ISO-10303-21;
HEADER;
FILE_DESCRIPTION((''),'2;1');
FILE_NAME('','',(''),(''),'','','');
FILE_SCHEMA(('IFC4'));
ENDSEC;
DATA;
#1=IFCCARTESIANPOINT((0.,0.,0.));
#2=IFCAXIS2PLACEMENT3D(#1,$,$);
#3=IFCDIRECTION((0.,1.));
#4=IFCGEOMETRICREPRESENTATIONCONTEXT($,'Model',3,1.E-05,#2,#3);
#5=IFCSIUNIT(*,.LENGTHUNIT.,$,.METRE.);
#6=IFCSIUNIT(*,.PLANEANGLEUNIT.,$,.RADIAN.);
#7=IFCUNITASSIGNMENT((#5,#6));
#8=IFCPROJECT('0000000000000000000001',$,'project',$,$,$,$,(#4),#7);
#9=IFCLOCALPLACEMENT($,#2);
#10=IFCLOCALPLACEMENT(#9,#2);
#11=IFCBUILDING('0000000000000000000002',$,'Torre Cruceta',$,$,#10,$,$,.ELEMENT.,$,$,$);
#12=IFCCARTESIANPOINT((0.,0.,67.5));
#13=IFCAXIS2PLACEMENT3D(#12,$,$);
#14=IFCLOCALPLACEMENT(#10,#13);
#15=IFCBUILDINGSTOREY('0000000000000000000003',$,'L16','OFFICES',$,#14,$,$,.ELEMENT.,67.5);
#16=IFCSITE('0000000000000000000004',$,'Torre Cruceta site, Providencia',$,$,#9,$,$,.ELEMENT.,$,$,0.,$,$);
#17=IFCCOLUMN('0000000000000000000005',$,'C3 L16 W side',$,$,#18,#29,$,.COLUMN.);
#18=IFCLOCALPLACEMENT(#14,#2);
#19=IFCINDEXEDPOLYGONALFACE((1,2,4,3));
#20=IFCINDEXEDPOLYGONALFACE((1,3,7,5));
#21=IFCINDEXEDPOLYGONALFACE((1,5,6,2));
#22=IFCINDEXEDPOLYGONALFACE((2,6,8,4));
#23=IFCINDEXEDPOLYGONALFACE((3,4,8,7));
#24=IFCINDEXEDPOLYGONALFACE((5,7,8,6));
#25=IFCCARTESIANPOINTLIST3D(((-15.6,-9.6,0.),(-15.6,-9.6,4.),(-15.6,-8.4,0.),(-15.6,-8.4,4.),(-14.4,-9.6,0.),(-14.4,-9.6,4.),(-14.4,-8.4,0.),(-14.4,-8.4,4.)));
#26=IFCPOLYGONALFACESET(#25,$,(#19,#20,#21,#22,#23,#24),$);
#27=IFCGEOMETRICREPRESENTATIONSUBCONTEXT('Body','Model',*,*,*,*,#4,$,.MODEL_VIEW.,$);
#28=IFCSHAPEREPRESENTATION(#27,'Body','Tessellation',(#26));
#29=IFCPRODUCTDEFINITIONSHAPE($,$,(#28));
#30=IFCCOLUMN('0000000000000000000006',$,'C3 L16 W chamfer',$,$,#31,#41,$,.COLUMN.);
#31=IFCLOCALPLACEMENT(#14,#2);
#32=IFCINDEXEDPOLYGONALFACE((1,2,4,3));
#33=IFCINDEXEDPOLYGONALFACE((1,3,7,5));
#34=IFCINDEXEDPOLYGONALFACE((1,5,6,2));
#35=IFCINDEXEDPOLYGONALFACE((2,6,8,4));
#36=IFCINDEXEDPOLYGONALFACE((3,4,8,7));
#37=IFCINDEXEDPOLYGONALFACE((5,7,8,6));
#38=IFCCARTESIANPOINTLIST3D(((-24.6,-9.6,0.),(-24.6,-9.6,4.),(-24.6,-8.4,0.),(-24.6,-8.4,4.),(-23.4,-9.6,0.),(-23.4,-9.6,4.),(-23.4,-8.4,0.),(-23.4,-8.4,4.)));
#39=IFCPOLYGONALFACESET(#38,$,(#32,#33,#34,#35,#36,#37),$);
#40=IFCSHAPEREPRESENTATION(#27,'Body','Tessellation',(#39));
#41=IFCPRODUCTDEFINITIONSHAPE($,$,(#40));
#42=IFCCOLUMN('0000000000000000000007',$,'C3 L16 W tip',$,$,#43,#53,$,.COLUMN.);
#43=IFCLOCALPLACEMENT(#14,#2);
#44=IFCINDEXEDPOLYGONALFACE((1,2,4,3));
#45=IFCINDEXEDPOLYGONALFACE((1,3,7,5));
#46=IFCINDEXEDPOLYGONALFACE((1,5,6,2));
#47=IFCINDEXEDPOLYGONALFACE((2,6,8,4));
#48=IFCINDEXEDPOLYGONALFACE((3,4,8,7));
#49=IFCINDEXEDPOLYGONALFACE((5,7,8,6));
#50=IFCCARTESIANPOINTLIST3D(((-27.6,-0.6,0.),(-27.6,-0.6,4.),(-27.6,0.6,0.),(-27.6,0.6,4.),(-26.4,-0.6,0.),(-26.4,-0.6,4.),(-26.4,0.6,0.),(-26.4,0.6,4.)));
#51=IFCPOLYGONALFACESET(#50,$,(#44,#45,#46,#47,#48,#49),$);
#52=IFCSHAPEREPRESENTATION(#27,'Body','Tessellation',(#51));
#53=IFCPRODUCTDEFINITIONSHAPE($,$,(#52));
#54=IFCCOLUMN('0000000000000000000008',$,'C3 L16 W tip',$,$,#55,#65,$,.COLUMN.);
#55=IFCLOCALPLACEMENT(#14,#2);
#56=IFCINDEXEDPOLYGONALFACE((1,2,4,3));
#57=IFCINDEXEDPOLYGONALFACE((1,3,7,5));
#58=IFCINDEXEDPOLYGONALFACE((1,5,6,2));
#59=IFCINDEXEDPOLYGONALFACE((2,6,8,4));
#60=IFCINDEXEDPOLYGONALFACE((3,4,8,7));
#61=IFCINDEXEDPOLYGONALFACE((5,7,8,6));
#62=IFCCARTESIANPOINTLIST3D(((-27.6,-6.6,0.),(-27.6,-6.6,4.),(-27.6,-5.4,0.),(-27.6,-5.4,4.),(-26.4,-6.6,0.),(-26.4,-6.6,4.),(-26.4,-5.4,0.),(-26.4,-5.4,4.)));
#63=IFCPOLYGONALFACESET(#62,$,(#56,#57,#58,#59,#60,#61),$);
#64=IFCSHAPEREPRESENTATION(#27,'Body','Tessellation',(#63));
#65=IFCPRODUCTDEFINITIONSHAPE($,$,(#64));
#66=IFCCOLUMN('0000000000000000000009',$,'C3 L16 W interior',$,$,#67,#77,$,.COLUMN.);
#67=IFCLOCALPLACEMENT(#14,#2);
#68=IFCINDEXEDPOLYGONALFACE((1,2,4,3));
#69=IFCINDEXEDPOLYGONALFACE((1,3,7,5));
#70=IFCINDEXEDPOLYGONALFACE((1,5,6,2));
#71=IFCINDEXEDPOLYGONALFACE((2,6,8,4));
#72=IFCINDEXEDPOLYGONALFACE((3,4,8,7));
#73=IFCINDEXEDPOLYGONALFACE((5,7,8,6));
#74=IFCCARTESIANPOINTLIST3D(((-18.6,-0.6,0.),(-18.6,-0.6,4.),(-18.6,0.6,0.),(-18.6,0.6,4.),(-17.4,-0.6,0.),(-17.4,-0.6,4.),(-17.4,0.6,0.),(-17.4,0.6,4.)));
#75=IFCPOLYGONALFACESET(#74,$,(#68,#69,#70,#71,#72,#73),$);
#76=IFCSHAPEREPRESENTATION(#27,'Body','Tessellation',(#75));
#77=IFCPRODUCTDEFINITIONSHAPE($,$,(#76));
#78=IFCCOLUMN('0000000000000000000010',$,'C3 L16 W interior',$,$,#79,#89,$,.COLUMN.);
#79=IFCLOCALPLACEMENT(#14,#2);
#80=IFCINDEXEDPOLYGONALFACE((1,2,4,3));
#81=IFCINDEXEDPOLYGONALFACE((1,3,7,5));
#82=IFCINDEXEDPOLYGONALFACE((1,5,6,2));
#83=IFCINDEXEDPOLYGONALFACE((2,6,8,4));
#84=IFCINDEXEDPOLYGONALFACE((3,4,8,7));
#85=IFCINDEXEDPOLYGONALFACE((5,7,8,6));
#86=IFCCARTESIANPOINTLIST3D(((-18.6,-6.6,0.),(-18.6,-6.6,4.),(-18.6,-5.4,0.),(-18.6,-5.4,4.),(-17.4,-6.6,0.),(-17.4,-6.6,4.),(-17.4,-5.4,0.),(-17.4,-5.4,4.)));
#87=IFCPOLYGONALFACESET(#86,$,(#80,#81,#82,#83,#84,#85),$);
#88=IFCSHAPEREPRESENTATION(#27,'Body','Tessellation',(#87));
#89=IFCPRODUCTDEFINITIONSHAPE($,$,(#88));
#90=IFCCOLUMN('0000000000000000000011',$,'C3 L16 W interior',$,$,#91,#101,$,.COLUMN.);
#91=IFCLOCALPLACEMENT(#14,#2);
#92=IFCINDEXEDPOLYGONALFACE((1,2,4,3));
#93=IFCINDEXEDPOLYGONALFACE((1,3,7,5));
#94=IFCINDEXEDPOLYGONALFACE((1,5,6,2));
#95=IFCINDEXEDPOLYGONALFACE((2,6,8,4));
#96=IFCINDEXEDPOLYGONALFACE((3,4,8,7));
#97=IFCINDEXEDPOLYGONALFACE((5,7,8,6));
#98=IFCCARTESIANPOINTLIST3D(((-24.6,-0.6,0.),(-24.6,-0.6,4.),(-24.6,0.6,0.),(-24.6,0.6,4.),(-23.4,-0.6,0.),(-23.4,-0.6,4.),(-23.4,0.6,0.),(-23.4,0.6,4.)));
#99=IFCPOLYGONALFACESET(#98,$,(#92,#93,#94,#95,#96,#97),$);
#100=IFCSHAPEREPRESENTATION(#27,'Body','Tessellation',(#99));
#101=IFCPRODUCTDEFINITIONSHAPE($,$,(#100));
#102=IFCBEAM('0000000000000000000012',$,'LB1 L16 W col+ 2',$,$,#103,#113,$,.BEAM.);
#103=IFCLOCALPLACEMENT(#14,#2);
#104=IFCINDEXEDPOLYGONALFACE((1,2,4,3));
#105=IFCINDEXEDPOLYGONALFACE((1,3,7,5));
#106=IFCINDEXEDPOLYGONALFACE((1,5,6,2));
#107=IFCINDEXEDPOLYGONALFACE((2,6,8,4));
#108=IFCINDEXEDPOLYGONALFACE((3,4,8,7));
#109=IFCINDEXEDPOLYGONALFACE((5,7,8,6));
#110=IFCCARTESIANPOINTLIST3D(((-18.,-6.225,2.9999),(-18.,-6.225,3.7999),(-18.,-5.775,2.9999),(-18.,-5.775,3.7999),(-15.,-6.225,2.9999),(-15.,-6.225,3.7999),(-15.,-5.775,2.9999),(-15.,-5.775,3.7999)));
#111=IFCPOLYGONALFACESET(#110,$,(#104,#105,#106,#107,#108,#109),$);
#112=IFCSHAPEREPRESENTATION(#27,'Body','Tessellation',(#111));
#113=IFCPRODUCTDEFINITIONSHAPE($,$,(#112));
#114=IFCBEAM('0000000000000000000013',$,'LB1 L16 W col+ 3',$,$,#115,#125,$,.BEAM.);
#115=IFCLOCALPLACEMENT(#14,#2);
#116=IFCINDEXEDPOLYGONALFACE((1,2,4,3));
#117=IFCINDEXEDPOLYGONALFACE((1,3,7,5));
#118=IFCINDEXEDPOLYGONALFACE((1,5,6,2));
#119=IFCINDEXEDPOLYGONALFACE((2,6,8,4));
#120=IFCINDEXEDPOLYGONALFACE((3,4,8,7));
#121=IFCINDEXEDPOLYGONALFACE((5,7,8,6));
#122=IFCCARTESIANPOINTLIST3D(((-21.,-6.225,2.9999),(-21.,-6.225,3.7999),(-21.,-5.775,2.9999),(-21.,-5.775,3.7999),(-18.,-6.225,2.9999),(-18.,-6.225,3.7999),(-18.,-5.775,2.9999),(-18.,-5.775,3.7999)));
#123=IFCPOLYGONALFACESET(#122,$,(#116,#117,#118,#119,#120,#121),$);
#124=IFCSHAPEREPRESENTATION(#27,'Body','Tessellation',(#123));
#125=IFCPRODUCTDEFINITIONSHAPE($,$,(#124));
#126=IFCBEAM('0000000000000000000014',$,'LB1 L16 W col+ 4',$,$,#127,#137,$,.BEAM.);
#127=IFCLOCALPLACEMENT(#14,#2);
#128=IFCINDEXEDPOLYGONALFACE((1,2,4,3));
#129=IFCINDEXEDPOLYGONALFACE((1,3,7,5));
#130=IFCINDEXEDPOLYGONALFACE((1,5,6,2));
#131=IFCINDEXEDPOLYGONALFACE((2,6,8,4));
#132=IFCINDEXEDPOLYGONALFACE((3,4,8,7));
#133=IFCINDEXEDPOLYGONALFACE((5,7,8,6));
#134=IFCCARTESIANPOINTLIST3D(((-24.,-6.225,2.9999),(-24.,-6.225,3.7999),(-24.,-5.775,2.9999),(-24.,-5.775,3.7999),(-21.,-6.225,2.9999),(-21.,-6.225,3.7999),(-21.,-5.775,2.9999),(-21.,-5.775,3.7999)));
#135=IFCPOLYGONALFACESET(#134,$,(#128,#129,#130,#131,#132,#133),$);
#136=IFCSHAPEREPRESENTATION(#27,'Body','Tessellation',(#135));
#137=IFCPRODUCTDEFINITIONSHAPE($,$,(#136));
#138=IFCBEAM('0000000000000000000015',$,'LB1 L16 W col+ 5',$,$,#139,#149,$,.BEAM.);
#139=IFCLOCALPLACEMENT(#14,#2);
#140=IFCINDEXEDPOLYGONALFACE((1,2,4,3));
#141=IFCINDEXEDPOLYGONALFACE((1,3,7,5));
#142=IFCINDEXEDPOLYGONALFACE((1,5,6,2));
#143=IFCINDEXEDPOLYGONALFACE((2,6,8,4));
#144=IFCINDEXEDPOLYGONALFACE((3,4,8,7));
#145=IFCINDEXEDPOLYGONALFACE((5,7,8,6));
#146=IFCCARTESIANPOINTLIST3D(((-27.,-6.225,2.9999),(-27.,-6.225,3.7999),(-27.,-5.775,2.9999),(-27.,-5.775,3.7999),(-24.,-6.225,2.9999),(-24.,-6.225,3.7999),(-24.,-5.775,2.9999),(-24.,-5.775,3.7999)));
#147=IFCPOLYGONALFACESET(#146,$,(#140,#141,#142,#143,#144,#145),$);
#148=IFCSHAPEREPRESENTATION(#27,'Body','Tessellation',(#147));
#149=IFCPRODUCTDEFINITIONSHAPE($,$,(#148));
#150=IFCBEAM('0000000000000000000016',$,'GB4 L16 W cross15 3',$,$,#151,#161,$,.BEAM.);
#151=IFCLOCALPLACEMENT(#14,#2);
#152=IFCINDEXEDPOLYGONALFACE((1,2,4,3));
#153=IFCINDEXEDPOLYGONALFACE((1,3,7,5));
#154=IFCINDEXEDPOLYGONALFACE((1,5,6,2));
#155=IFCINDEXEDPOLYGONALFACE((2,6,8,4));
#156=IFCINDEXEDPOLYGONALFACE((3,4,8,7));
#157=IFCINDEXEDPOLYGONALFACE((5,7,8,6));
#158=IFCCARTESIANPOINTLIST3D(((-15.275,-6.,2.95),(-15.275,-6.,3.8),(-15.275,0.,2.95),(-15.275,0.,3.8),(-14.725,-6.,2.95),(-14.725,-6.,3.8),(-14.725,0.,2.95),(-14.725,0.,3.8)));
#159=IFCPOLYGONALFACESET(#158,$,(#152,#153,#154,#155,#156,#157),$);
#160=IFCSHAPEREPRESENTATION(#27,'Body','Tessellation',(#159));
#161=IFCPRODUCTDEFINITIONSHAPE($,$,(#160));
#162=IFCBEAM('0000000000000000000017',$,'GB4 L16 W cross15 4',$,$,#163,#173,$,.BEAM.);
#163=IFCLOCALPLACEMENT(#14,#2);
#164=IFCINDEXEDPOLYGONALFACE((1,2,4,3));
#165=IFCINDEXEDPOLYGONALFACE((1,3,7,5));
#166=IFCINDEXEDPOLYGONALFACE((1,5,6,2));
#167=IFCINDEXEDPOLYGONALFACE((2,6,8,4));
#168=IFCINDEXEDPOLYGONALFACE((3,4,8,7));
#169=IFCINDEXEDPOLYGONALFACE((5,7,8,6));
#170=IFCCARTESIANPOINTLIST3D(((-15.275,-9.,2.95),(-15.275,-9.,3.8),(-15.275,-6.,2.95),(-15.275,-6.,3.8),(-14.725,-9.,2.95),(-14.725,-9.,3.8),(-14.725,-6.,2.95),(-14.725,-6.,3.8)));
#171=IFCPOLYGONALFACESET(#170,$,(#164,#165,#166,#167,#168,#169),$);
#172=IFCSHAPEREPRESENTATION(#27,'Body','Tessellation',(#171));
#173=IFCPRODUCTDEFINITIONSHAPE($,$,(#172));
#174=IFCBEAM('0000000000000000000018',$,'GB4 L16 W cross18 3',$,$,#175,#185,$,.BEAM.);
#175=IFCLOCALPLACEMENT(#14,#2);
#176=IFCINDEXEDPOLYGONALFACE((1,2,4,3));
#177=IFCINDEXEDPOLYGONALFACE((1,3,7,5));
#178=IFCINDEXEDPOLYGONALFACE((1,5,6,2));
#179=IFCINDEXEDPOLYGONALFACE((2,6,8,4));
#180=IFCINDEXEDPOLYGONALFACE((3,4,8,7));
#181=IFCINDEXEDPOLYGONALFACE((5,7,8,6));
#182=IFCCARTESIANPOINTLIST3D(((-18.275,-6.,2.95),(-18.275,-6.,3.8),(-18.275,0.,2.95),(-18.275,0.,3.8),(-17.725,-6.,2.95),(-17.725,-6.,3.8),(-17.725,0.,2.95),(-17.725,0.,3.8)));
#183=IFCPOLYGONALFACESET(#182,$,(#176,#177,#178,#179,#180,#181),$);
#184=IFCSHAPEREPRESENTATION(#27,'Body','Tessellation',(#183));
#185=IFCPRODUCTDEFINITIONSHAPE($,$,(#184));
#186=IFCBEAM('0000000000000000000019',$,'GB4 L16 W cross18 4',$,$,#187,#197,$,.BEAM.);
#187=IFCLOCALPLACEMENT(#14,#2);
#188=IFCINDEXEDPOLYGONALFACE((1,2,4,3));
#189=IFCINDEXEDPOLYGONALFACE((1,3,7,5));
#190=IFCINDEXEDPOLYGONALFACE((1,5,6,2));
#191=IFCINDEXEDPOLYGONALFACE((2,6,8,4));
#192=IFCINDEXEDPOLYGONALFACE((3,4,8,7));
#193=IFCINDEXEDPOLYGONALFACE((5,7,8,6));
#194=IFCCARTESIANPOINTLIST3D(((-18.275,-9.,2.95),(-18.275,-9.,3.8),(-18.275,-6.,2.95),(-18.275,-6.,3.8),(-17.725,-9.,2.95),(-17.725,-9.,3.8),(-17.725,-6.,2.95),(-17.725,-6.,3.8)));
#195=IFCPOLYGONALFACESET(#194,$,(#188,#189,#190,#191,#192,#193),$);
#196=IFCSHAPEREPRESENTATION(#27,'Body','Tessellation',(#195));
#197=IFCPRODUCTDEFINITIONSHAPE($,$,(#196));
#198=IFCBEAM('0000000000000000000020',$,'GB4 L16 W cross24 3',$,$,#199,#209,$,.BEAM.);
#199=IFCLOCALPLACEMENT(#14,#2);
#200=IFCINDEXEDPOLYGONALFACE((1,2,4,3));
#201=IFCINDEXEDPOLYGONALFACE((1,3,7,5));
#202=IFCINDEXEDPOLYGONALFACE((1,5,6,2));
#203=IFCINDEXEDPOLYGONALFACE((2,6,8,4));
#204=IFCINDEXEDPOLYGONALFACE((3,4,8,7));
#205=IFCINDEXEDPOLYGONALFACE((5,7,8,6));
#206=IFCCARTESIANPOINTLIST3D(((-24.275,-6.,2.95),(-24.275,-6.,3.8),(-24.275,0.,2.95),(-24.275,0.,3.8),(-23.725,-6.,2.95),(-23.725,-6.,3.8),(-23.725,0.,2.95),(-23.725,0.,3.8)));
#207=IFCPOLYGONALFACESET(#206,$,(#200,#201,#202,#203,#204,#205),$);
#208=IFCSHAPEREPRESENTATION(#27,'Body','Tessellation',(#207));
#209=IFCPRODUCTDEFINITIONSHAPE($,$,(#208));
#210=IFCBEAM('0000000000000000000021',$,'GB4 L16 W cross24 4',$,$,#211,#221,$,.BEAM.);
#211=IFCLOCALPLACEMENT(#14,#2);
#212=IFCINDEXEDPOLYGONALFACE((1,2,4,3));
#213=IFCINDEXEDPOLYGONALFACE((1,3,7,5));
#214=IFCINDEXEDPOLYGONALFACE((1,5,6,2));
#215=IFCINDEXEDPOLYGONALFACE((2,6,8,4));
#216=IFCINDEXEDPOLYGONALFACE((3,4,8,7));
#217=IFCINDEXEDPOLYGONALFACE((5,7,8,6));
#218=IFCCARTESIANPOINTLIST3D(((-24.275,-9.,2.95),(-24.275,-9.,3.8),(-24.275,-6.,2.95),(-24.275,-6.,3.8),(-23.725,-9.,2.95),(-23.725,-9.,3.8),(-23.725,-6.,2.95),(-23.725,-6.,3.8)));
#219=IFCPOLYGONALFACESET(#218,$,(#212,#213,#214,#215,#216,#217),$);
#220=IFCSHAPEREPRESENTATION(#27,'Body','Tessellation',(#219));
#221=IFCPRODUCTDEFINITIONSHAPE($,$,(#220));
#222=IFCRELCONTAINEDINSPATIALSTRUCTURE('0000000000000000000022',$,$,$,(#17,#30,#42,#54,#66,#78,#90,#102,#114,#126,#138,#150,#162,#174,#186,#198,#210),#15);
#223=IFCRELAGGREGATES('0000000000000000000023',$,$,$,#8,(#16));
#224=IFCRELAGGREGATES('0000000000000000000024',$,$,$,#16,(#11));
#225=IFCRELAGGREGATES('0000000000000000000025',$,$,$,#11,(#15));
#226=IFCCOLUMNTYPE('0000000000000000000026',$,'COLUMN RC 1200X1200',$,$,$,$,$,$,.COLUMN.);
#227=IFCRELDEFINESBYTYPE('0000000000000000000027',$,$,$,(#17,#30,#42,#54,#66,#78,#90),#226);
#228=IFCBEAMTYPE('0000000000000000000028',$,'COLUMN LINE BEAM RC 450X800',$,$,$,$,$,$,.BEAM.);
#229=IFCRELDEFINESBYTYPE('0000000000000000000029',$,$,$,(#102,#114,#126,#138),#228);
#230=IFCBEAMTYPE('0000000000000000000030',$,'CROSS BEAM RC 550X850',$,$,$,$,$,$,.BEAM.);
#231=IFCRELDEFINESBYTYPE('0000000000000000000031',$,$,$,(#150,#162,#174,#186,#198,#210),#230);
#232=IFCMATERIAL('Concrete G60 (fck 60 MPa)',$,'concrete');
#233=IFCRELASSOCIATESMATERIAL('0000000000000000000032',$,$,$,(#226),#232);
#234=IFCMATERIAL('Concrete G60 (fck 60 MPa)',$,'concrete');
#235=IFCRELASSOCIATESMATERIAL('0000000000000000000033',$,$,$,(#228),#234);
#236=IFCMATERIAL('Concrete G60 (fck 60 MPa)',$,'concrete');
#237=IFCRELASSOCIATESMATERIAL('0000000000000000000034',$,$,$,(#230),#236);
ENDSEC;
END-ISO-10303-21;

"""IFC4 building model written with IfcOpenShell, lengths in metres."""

from ifc_helpers import new_model, si_unit, direction, frame, origin, origin_2d, place, context, subcontext, project, spatial, rectangle, extrude, material, material_profile, profile_set, type_object, element, save


model = new_model("IFC4")

# Units and contexts
model_context = context("Model", 3, precision=1e-05, world=origin(), true_north=direction((0.0, 1.0)))
body_context = subcontext(model_context, "Body", "Model", "MODEL_VIEW")
ifc_project = project(units=[si_unit("LENGTHUNIT", "METRE"), si_unit("PLANEANGLEUNIT", "RADIAN")], contexts=[model_context])

# Site, building, storey
site_placement = place(None, origin())
site = spatial("IfcSite", under=ifc_project, at=site_placement, Name="Torre Cruceta site, Providencia", CompositionType="ELEMENT", RefElevation=0.0)
building_placement = place(site_placement, origin())
building = spatial("IfcBuilding", under=site, at=building_placement, Name="Torre Cruceta", CompositionType="ELEMENT")
storey_placement = place(building_placement, frame((0.0, 0.0, 67.5)))
storey = spatial("IfcBuildingStorey", under=building, at=storey_placement, Name="L16", Description="OFFICES", CompositionType="ELEMENT", Elevation=67.5)

# Columns
ifc_material_1 = material(Name="Concrete G60 (fck 60 MPa)", Category="concrete")
ifc_material_profile_1 = material_profile(ifc_material_1, rectangle(XDim=1.2, YDim=1.2, at=origin_2d()), Name="RC 1200X1200")
ifc_profile_set_1 = profile_set([ifc_material_profile_1], Name="Concrete G60 (fck 60 MPa)")
column_type = type_object("IfcColumnType", Name="COLUMN RC 1200X1200", PredefinedType="COLUMN", material=ifc_profile_set_1)
for number, where, z_axis, x_axis, name in (
    (1, (-15.0, -9.0, 0.0), (0.0, 0.0, 1.0), (1.0, 0.0, 0.0), "C3 L16 W side"),
    (2, (-24.0, -9.0, 0.0), (0.0, 0.0, 1.0), (1.0, 0.0, 0.0), "C3 L16 W chamfer"),
    (3, (-27.0, 0.0, 0.0), (0.0, 0.0, 1.0), (1.0, 0.0, 0.0), "C3 L16 W tip"),
    (4, (-27.0, -6.0, 0.0), (0.0, 0.0, 1.0), (1.0, 0.0, 0.0), "C3 L16 W tip"),
    (5, (-18.0, 0.0, 0.0), (0.0, 0.0, 1.0), (1.0, 0.0, 0.0), "C3 L16 W interior"),
    (6, (-18.0, -6.0, 0.0), (0.0, 0.0, 1.0), (1.0, 0.0, 0.0), "C3 L16 W interior"),
    (7, (-24.0, 0.0, 0.0), (0.0, 0.0, 1.0), (1.0, 0.0, 0.0), "C3 L16 W interior"),
):
    element("IfcColumn", number, at=place(storey_placement, frame(where, z_axis=z_axis, x_axis=x_axis)), inside=storey, type_object=column_type, Name=name, PredefinedType="COLUMN", context=body_context, shape_type="SweptSolid", body=[
        extrude(rectangle(XDim=1.2, YDim=1.2, at=origin_2d()), origin(), (0.0, 0.0, 1.0), 4.0),
    ])

# Beams
ifc_material_2 = material(Name="Concrete G60 (fck 60 MPa)", Category="concrete")
ifc_material_profile_2 = material_profile(ifc_material_2, rectangle(XDim=0.45, YDim=0.8, at=origin_2d()), Name="RC 450X800")
ifc_profile_set_2 = profile_set([ifc_material_profile_2], Name="Concrete G60 (fck 60 MPa)")
beam_type_1 = type_object("IfcBeamType", Name="COLUMN LINE BEAM RC 450X800", PredefinedType="BEAM", material=ifc_profile_set_2)
for number, where, z_axis, x_axis, name in (
    (8, (-15.0, -6.0, 3.3999), (-1.0, 0.0, 0.0), (0.0, -1.0, 0.0), "LB1 L16 W col+ 2"),
    (9, (-18.0, -6.0, 3.3999), (-1.0, 0.0, 0.0), (0.0, -1.0, 0.0), "LB1 L16 W col+ 3"),
    (10, (-21.0, -6.0, 3.3999), (-1.0, 0.0, 0.0), (0.0, -1.0, 0.0), "LB1 L16 W col+ 4"),
    (11, (-24.0, -6.0, 3.3999), (-1.0, 0.0, 0.0), (0.0, -1.0, 0.0), "LB1 L16 W col+ 5"),
):
    element("IfcBeam", number, at=place(storey_placement, frame(where, z_axis=z_axis, x_axis=x_axis)), inside=storey, type_object=beam_type_1, Name=name, PredefinedType="BEAM", context=body_context, shape_type="SweptSolid", body=[
        extrude(rectangle(XDim=0.45, YDim=0.8, at=origin_2d()), origin(), (0.0, 0.0, 1.0), 3.0),
    ])
ifc_material_3 = material(Name="Concrete G60 (fck 60 MPa)", Category="concrete")
ifc_material_profile_3 = material_profile(ifc_material_3, rectangle(XDim=0.55, YDim=0.8501, at=origin_2d()), Name="RC 550X850")
ifc_profile_set_3 = profile_set([ifc_material_profile_3], Name="Concrete G60 (fck 60 MPa)")
beam_type_2 = type_object("IfcBeamType", Name="CROSS BEAM RC 550X850", PredefinedType="BEAM", material=ifc_profile_set_3)
beam_1_placement = place(storey_placement, frame((-15.0, 0.0, 3.375), z_axis=(0.0, -1.0, 0.0), x_axis=(1.0, 0.0, 0.0)))
element("IfcBeam", 12, at=beam_1_placement, inside=storey, type_object=beam_type_2, Name="GB4 L16 W cross15 3", PredefinedType="BEAM", context=body_context, shape_type="SweptSolid", body=[
    extrude(rectangle(XDim=0.55, YDim=0.8501, at=origin_2d()), origin(), (0.0, 0.0, 1.0), 6.0),
])
beam_2_placement = place(storey_placement, frame((-15.0, -6.0, 3.375), z_axis=(0.0, -1.0, 0.0), x_axis=(1.0, 0.0, 0.0)))
element("IfcBeam", 13, at=beam_2_placement, inside=storey, type_object=beam_type_2, Name="GB4 L16 W cross15 4", PredefinedType="BEAM", context=body_context, shape_type="SweptSolid", body=[
    extrude(rectangle(XDim=0.55, YDim=0.8501, at=origin_2d()), origin(), (0.0, 0.0, 1.0), 3.0),
])
beam_3_placement = place(storey_placement, frame((-18.0, 0.0, 3.375), z_axis=(0.0, -1.0, 0.0), x_axis=(1.0, 0.0, 0.0)))
element("IfcBeam", 14, at=beam_3_placement, inside=storey, type_object=beam_type_2, Name="GB4 L16 W cross18 3", PredefinedType="BEAM", context=body_context, shape_type="SweptSolid", body=[
    extrude(rectangle(XDim=0.55, YDim=0.8501, at=origin_2d()), origin(), (0.0, 0.0, 1.0), 6.0),
])
beam_4_placement = place(storey_placement, frame((-18.0, -6.0, 3.375), z_axis=(0.0, -1.0, 0.0), x_axis=(1.0, 0.0, 0.0)))
element("IfcBeam", 15, at=beam_4_placement, inside=storey, type_object=beam_type_2, Name="GB4 L16 W cross18 4", PredefinedType="BEAM", context=body_context, shape_type="SweptSolid", body=[
    extrude(rectangle(XDim=0.55, YDim=0.8501, at=origin_2d()), origin(), (0.0, 0.0, 1.0), 3.0),
])
beam_5_placement = place(storey_placement, frame((-24.0, 0.0, 3.375), z_axis=(0.0, -1.0, 0.0), x_axis=(1.0, 0.0, 0.0)))
element("IfcBeam", 16, at=beam_5_placement, inside=storey, type_object=beam_type_2, Name="GB4 L16 W cross24 3", PredefinedType="BEAM", context=body_context, shape_type="SweptSolid", body=[
    extrude(rectangle(XDim=0.55, YDim=0.8501, at=origin_2d()), origin(), (0.0, 0.0, 1.0), 6.0),
])
beam_6_placement = place(storey_placement, frame((-24.0, -6.0, 3.375), z_axis=(0.0, -1.0, 0.0), x_axis=(1.0, 0.0, 0.0)))
element("IfcBeam", 17, at=beam_6_placement, inside=storey, type_object=beam_type_2, Name="GB4 L16 W cross24 4", PredefinedType="BEAM", context=body_context, shape_type="SweptSolid", body=[
    extrude(rectangle(XDim=0.55, YDim=0.8501, at=origin_2d()), origin(), (0.0, 0.0, 1.0), 3.0),
])

save(model, "model.ifc")
